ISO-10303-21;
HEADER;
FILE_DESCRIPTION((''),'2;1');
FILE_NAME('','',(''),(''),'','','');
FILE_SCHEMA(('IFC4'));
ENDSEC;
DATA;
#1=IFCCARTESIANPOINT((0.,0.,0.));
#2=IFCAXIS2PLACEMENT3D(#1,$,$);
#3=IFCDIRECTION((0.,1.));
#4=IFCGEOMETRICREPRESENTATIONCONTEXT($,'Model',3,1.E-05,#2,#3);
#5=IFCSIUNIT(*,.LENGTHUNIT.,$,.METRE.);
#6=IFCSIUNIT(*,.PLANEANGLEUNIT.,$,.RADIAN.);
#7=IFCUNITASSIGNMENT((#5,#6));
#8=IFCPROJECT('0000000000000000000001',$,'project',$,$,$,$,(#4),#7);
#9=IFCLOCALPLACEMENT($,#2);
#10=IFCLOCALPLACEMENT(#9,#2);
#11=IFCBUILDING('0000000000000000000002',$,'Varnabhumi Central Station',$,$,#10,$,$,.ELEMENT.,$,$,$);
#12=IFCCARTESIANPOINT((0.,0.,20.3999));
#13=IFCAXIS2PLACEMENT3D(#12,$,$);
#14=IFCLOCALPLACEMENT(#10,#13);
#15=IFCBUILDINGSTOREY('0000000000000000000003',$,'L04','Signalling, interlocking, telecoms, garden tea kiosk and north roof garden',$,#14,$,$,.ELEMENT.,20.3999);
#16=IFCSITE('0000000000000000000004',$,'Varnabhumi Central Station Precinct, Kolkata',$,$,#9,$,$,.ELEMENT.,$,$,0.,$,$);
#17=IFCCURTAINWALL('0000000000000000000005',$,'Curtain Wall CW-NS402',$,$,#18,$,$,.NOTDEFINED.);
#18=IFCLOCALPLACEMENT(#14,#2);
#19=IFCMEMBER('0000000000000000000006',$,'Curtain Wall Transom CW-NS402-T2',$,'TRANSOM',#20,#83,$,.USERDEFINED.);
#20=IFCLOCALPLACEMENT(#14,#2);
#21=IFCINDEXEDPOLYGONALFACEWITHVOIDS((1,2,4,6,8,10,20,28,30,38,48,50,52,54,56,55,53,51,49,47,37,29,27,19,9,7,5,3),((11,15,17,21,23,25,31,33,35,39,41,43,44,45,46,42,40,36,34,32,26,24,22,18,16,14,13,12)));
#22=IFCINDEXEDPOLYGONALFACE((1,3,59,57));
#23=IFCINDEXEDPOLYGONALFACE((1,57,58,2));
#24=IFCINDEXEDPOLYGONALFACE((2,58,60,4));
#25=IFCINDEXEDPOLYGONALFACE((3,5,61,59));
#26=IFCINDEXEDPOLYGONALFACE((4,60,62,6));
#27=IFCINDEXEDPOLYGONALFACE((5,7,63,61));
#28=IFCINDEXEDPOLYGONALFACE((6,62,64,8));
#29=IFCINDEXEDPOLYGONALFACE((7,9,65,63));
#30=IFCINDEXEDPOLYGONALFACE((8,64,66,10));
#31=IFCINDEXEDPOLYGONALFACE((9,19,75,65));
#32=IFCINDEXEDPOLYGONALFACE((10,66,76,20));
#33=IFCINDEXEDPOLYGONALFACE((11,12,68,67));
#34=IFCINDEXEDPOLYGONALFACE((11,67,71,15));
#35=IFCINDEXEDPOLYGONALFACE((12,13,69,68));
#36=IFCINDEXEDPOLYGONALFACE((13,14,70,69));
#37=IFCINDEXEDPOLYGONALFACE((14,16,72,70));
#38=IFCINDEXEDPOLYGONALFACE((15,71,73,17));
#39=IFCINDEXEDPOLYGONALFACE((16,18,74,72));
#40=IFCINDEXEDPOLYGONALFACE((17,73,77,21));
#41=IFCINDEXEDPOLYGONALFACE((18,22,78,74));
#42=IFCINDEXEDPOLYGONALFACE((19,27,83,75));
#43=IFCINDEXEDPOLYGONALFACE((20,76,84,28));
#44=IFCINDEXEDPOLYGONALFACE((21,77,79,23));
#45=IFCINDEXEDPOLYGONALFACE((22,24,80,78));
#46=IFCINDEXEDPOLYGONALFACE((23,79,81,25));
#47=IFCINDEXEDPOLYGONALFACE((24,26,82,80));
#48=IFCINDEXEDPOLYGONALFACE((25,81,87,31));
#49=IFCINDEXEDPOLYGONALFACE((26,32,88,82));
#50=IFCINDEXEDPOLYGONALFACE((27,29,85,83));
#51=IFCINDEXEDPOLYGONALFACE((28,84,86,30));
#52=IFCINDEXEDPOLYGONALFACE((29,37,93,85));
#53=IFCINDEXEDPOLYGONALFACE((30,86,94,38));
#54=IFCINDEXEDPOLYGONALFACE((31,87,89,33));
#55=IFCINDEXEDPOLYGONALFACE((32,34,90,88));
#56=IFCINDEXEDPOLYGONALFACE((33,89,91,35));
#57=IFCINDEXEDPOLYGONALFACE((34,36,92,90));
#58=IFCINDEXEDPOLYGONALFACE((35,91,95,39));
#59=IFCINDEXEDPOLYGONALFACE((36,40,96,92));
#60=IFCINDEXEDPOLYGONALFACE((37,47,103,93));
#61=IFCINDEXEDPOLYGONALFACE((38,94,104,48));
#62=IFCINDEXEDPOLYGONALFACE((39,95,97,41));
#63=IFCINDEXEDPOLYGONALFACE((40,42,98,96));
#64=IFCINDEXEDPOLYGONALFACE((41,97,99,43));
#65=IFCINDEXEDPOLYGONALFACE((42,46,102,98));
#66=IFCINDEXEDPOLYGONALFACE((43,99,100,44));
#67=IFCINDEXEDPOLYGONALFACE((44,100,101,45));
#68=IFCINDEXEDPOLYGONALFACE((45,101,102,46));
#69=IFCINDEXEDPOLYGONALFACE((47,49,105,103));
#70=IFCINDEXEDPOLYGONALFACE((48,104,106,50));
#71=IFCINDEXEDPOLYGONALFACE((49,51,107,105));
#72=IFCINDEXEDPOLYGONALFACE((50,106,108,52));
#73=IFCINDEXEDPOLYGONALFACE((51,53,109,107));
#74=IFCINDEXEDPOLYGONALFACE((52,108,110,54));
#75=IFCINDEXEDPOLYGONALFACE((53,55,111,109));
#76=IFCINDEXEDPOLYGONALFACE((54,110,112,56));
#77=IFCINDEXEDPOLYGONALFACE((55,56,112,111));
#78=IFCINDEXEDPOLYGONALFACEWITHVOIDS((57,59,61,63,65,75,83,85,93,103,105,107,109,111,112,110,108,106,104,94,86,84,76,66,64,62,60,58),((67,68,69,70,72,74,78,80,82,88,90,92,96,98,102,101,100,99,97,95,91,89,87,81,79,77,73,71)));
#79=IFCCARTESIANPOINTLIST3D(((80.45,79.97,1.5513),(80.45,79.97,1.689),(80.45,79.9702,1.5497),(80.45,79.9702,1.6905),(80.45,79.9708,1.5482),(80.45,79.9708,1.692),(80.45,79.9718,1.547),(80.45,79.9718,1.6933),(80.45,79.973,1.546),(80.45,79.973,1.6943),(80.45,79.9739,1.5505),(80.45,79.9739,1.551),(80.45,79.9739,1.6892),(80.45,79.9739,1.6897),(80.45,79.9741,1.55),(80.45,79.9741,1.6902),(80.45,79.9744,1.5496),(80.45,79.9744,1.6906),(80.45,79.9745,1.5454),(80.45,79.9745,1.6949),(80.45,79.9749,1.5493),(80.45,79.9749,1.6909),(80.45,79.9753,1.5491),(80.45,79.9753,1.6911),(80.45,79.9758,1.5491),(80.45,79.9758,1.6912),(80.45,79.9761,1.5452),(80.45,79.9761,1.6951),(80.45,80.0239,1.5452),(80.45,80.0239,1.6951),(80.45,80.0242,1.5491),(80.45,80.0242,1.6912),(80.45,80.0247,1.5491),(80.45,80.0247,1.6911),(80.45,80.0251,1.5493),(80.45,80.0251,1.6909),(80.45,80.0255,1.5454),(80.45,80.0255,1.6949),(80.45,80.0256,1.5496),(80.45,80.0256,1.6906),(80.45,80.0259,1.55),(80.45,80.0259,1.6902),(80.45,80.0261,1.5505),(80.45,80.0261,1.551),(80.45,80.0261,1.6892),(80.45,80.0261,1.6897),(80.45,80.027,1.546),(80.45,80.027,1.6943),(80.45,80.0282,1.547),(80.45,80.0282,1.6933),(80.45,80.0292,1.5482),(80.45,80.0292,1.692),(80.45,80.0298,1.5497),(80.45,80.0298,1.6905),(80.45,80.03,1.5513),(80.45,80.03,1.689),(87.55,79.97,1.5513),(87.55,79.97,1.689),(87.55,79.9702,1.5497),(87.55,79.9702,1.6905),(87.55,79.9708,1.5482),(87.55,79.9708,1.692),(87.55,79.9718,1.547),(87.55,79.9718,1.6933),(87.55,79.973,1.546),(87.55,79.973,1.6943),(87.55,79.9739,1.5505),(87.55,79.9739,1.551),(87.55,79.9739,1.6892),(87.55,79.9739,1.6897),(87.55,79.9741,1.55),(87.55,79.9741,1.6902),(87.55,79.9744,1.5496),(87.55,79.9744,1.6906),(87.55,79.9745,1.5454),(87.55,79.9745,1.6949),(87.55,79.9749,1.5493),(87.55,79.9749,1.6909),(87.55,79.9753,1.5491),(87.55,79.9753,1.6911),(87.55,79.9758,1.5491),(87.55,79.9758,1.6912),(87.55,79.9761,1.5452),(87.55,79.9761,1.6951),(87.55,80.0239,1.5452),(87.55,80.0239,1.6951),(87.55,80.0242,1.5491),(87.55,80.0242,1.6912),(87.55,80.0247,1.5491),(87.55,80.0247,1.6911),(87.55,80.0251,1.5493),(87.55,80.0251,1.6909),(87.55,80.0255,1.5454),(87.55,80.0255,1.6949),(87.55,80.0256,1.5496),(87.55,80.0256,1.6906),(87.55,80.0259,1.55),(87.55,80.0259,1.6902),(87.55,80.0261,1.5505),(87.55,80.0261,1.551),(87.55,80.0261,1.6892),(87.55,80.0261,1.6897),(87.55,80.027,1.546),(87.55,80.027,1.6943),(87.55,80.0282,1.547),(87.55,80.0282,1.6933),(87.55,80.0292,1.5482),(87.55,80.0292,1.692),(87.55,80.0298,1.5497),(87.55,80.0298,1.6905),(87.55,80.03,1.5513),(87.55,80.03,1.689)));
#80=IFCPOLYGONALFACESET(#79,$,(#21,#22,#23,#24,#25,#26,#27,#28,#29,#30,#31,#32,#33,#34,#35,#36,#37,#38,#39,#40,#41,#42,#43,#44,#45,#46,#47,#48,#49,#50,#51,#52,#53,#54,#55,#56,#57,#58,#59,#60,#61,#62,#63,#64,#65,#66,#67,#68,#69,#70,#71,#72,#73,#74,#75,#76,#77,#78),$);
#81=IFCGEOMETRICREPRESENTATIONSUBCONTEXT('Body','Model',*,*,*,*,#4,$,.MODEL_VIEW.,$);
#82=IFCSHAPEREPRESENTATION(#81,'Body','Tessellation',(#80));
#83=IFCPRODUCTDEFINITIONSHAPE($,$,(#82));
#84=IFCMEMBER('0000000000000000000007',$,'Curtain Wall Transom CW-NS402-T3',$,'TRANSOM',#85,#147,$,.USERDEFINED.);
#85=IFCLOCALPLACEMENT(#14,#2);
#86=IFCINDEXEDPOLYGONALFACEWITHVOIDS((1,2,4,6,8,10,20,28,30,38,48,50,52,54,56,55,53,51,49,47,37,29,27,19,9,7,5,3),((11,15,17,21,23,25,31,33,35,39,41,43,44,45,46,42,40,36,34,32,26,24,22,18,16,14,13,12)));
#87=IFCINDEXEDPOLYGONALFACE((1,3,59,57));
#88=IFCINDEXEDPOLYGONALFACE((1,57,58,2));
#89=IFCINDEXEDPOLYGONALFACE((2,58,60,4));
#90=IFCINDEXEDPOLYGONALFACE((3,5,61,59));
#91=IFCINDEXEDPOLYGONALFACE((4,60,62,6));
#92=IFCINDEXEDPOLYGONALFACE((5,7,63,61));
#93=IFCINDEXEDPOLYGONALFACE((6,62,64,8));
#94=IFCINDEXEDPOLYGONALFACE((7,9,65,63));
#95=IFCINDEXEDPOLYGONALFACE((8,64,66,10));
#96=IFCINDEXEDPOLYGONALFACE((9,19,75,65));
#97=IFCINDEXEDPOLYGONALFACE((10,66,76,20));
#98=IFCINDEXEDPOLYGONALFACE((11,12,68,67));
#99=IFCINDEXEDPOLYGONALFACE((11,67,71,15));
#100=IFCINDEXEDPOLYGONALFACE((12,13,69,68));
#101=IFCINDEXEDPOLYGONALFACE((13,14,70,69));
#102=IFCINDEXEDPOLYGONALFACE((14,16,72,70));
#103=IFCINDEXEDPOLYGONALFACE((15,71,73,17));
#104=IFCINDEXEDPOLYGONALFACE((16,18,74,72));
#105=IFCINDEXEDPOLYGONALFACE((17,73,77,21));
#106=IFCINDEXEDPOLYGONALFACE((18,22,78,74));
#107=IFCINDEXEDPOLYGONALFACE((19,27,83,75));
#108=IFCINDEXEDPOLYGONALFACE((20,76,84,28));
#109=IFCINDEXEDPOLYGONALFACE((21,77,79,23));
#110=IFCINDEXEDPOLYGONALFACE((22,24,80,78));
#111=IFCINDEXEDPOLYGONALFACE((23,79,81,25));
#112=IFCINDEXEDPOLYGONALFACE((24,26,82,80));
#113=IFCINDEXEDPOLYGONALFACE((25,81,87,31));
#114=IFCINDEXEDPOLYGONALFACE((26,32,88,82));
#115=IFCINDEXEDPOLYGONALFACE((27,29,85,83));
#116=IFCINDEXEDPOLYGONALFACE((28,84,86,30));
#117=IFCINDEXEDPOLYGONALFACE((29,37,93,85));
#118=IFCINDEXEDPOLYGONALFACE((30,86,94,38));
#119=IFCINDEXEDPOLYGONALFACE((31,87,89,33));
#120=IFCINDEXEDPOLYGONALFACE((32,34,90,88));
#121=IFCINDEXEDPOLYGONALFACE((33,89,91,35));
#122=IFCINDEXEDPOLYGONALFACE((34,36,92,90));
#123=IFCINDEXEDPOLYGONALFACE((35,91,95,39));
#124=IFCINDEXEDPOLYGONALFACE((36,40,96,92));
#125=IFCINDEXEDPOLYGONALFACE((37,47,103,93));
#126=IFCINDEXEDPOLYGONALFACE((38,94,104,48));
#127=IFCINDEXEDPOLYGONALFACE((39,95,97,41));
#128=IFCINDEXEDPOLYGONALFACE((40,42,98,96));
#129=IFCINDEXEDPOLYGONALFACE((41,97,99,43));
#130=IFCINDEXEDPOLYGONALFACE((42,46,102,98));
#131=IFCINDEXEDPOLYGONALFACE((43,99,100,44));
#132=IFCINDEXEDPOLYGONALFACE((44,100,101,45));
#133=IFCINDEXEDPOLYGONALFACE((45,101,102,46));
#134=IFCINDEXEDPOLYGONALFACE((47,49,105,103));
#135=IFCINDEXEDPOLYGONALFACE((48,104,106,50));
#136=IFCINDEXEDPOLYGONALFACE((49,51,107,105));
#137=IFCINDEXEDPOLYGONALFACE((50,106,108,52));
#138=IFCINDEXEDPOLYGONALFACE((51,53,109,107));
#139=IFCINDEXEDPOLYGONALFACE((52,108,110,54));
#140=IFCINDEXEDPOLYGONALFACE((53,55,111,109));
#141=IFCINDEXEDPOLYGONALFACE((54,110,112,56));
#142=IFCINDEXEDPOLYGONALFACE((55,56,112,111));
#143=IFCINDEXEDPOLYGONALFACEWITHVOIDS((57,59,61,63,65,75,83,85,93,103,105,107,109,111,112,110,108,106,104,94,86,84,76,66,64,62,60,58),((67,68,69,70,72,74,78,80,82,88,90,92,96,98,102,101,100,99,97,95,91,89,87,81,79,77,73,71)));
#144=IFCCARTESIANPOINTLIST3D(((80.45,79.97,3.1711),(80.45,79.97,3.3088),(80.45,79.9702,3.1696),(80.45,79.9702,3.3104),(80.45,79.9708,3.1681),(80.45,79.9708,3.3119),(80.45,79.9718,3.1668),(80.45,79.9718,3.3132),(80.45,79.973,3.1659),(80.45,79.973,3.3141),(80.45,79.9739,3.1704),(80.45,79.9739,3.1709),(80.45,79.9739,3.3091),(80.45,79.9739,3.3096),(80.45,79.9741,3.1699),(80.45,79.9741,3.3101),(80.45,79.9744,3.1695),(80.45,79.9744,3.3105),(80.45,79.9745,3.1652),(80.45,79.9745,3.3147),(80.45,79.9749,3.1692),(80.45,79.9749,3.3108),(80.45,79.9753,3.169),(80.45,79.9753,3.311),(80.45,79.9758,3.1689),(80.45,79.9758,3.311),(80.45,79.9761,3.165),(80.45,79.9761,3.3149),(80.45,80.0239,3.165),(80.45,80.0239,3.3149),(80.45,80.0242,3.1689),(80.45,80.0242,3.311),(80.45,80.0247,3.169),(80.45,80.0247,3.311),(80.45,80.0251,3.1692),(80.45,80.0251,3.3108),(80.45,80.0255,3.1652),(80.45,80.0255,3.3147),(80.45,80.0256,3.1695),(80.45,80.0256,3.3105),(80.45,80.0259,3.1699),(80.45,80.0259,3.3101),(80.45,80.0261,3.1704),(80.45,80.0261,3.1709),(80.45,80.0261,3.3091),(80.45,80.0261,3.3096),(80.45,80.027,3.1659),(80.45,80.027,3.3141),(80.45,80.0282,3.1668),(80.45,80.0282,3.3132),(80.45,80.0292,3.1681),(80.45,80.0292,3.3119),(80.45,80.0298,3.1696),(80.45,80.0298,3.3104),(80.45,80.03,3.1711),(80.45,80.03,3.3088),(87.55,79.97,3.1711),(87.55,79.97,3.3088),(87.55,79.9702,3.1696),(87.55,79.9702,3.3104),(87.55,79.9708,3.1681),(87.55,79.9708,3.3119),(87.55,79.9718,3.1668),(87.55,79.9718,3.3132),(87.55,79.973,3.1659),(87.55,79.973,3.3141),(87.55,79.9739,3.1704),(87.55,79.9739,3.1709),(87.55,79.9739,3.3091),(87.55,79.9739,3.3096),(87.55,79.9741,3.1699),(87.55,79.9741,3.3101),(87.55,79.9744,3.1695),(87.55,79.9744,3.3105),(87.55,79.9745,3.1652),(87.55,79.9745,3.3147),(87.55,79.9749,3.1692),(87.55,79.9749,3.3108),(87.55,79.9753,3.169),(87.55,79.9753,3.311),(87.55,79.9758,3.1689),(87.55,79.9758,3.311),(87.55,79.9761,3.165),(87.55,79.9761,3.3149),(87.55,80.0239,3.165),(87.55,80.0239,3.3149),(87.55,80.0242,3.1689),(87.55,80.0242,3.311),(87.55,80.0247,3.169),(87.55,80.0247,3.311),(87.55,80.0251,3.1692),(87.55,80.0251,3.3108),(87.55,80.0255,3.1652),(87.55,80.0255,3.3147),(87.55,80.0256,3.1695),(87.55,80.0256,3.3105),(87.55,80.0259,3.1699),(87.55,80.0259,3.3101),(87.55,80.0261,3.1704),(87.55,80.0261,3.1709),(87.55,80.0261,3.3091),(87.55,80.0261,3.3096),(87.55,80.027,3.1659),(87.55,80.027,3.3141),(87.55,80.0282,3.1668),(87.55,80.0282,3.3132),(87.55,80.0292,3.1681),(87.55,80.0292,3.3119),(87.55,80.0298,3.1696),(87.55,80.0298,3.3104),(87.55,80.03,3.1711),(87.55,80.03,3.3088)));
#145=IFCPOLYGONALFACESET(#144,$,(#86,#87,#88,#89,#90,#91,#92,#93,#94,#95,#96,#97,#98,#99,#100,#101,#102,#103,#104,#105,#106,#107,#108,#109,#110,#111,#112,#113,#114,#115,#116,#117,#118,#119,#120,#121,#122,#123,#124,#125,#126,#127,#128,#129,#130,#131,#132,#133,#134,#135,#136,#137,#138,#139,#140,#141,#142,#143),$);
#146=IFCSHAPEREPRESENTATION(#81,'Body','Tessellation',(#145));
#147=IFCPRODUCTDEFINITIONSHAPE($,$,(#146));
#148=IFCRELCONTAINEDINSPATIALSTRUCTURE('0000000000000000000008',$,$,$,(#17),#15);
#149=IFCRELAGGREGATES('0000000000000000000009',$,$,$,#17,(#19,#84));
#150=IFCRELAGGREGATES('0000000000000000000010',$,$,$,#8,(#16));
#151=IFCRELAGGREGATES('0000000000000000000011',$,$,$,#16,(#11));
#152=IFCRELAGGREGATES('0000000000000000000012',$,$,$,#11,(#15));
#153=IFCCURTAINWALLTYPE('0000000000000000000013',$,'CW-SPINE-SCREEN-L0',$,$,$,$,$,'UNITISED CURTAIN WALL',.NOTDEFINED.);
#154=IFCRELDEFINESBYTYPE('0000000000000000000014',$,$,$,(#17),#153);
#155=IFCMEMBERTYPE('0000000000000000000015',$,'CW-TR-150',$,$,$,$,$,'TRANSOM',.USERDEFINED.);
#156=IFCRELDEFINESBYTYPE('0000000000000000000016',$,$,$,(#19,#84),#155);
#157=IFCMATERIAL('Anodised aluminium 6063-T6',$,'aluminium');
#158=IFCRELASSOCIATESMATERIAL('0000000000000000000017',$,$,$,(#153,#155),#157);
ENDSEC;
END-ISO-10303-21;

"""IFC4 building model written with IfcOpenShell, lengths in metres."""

from ifc_helpers import new_model, si_unit, direction, frame, origin, origin_2d, place, context, subcontext, project, spatial, hollow_rectangle, extrude, material, material_profile, profile_set, type_object, element, aggregate, save


model = new_model("IFC4")

# Units and contexts
model_context = context("Model", 3, precision=1e-05, world=origin(), true_north=direction((0.0, 1.0)))
body_context = subcontext(model_context, "Body", "Model", "MODEL_VIEW")
ifc_project = project(units=[si_unit("LENGTHUNIT", "METRE"), si_unit("PLANEANGLEUNIT", "RADIAN")], contexts=[model_context])

# Site, building, storey
site_placement = place(None, origin())
site = spatial("IfcSite", under=ifc_project, at=site_placement, Name="Varnabhumi Central Station Precinct, Kolkata", CompositionType="ELEMENT", RefElevation=0.0)
building_placement = place(site_placement, origin())
building = spatial("IfcBuilding", under=site, at=building_placement, Name="Varnabhumi Central Station", CompositionType="ELEMENT")
storey_placement = place(building_placement, frame((0.0, 0.0, 20.3999)))
storey = spatial("IfcBuildingStorey", under=building, at=storey_placement, Name="L04", Description="Signalling, interlocking, telecoms, garden tea kiosk and north roof garden", CompositionType="ELEMENT", Elevation=20.3999)

# Curtain wall, members
ifc_material_1 = material(Name="Anodised aluminium 6063-T6", Category="aluminium")
curtain_wall_type = type_object("IfcCurtainWallType", Name="CW-SPINE-SCREEN-L0", ElementType="UNITISED CURTAIN WALL", PredefinedType="NOTDEFINED", material=ifc_material_1)
curtain_wall_placement = place(storey_placement, origin())
curtain_wall = element("IfcCurtainWall", 1, at=curtain_wall_placement, inside=storey, type_object=curtain_wall_type, Name="Curtain Wall CW-NS402", PredefinedType="NOTDEFINED")
ifc_material_profile_1 = material_profile(ifc_material_1, hollow_rectangle(XDim=0.0601, YDim=0.1499, WallThickness=0.0039, InnerFilletRadius=0.002, OuterFilletRadius=0.0061, at=origin_2d()), Name="Anodised aluminium 6063-T6", Category="aluminium")
ifc_profile_set_1 = profile_set([ifc_material_profile_1], Name="Anodised aluminium 6063-T6")
member_type_1 = type_object("IfcMemberType", Name="CW-TR-150", ElementType="TRANSOM", PredefinedType="USERDEFINED", material=ifc_profile_set_1)
member_1_placement = place(storey_placement, frame((80.45, 80.0, 1.6201), z_axis=(1.0, 0.0, 0.0), x_axis=(0.0, 1.0, 0.0)))
member_1 = element("IfcMember", 2, at=member_1_placement, type_object=member_type_1, Name="Curtain Wall Transom CW-NS402-T2", ObjectType="TRANSOM", PredefinedType="USERDEFINED", context=body_context, shape_type="SweptSolid", body=[
    extrude(hollow_rectangle(XDim=0.0601, YDim=0.1499, WallThickness=0.0039, InnerFilletRadius=0.002, OuterFilletRadius=0.0061, at=origin_2d()), origin(), (0.0, 0.0, 1.0), 7.1001),
])
member_2_placement = place(storey_placement, frame((80.45, 80.0, 3.24), z_axis=(1.0, 0.0, 0.0), x_axis=(0.0, 1.0, 0.0)))
member_2 = element("IfcMember", 3, at=member_2_placement, type_object=member_type_1, Name="Curtain Wall Transom CW-NS402-T3", ObjectType="TRANSOM", PredefinedType="USERDEFINED", context=body_context, shape_type="SweptSolid", body=[
    extrude(hollow_rectangle(XDim=0.0601, YDim=0.1499, WallThickness=0.0039, InnerFilletRadius=0.002, OuterFilletRadius=0.0061, at=origin_2d()), origin(), (0.0, 0.0, 1.0), 7.1001),
])

aggregate(curtain_wall, [member_1, member_2])

save(model, "model.ifc")
